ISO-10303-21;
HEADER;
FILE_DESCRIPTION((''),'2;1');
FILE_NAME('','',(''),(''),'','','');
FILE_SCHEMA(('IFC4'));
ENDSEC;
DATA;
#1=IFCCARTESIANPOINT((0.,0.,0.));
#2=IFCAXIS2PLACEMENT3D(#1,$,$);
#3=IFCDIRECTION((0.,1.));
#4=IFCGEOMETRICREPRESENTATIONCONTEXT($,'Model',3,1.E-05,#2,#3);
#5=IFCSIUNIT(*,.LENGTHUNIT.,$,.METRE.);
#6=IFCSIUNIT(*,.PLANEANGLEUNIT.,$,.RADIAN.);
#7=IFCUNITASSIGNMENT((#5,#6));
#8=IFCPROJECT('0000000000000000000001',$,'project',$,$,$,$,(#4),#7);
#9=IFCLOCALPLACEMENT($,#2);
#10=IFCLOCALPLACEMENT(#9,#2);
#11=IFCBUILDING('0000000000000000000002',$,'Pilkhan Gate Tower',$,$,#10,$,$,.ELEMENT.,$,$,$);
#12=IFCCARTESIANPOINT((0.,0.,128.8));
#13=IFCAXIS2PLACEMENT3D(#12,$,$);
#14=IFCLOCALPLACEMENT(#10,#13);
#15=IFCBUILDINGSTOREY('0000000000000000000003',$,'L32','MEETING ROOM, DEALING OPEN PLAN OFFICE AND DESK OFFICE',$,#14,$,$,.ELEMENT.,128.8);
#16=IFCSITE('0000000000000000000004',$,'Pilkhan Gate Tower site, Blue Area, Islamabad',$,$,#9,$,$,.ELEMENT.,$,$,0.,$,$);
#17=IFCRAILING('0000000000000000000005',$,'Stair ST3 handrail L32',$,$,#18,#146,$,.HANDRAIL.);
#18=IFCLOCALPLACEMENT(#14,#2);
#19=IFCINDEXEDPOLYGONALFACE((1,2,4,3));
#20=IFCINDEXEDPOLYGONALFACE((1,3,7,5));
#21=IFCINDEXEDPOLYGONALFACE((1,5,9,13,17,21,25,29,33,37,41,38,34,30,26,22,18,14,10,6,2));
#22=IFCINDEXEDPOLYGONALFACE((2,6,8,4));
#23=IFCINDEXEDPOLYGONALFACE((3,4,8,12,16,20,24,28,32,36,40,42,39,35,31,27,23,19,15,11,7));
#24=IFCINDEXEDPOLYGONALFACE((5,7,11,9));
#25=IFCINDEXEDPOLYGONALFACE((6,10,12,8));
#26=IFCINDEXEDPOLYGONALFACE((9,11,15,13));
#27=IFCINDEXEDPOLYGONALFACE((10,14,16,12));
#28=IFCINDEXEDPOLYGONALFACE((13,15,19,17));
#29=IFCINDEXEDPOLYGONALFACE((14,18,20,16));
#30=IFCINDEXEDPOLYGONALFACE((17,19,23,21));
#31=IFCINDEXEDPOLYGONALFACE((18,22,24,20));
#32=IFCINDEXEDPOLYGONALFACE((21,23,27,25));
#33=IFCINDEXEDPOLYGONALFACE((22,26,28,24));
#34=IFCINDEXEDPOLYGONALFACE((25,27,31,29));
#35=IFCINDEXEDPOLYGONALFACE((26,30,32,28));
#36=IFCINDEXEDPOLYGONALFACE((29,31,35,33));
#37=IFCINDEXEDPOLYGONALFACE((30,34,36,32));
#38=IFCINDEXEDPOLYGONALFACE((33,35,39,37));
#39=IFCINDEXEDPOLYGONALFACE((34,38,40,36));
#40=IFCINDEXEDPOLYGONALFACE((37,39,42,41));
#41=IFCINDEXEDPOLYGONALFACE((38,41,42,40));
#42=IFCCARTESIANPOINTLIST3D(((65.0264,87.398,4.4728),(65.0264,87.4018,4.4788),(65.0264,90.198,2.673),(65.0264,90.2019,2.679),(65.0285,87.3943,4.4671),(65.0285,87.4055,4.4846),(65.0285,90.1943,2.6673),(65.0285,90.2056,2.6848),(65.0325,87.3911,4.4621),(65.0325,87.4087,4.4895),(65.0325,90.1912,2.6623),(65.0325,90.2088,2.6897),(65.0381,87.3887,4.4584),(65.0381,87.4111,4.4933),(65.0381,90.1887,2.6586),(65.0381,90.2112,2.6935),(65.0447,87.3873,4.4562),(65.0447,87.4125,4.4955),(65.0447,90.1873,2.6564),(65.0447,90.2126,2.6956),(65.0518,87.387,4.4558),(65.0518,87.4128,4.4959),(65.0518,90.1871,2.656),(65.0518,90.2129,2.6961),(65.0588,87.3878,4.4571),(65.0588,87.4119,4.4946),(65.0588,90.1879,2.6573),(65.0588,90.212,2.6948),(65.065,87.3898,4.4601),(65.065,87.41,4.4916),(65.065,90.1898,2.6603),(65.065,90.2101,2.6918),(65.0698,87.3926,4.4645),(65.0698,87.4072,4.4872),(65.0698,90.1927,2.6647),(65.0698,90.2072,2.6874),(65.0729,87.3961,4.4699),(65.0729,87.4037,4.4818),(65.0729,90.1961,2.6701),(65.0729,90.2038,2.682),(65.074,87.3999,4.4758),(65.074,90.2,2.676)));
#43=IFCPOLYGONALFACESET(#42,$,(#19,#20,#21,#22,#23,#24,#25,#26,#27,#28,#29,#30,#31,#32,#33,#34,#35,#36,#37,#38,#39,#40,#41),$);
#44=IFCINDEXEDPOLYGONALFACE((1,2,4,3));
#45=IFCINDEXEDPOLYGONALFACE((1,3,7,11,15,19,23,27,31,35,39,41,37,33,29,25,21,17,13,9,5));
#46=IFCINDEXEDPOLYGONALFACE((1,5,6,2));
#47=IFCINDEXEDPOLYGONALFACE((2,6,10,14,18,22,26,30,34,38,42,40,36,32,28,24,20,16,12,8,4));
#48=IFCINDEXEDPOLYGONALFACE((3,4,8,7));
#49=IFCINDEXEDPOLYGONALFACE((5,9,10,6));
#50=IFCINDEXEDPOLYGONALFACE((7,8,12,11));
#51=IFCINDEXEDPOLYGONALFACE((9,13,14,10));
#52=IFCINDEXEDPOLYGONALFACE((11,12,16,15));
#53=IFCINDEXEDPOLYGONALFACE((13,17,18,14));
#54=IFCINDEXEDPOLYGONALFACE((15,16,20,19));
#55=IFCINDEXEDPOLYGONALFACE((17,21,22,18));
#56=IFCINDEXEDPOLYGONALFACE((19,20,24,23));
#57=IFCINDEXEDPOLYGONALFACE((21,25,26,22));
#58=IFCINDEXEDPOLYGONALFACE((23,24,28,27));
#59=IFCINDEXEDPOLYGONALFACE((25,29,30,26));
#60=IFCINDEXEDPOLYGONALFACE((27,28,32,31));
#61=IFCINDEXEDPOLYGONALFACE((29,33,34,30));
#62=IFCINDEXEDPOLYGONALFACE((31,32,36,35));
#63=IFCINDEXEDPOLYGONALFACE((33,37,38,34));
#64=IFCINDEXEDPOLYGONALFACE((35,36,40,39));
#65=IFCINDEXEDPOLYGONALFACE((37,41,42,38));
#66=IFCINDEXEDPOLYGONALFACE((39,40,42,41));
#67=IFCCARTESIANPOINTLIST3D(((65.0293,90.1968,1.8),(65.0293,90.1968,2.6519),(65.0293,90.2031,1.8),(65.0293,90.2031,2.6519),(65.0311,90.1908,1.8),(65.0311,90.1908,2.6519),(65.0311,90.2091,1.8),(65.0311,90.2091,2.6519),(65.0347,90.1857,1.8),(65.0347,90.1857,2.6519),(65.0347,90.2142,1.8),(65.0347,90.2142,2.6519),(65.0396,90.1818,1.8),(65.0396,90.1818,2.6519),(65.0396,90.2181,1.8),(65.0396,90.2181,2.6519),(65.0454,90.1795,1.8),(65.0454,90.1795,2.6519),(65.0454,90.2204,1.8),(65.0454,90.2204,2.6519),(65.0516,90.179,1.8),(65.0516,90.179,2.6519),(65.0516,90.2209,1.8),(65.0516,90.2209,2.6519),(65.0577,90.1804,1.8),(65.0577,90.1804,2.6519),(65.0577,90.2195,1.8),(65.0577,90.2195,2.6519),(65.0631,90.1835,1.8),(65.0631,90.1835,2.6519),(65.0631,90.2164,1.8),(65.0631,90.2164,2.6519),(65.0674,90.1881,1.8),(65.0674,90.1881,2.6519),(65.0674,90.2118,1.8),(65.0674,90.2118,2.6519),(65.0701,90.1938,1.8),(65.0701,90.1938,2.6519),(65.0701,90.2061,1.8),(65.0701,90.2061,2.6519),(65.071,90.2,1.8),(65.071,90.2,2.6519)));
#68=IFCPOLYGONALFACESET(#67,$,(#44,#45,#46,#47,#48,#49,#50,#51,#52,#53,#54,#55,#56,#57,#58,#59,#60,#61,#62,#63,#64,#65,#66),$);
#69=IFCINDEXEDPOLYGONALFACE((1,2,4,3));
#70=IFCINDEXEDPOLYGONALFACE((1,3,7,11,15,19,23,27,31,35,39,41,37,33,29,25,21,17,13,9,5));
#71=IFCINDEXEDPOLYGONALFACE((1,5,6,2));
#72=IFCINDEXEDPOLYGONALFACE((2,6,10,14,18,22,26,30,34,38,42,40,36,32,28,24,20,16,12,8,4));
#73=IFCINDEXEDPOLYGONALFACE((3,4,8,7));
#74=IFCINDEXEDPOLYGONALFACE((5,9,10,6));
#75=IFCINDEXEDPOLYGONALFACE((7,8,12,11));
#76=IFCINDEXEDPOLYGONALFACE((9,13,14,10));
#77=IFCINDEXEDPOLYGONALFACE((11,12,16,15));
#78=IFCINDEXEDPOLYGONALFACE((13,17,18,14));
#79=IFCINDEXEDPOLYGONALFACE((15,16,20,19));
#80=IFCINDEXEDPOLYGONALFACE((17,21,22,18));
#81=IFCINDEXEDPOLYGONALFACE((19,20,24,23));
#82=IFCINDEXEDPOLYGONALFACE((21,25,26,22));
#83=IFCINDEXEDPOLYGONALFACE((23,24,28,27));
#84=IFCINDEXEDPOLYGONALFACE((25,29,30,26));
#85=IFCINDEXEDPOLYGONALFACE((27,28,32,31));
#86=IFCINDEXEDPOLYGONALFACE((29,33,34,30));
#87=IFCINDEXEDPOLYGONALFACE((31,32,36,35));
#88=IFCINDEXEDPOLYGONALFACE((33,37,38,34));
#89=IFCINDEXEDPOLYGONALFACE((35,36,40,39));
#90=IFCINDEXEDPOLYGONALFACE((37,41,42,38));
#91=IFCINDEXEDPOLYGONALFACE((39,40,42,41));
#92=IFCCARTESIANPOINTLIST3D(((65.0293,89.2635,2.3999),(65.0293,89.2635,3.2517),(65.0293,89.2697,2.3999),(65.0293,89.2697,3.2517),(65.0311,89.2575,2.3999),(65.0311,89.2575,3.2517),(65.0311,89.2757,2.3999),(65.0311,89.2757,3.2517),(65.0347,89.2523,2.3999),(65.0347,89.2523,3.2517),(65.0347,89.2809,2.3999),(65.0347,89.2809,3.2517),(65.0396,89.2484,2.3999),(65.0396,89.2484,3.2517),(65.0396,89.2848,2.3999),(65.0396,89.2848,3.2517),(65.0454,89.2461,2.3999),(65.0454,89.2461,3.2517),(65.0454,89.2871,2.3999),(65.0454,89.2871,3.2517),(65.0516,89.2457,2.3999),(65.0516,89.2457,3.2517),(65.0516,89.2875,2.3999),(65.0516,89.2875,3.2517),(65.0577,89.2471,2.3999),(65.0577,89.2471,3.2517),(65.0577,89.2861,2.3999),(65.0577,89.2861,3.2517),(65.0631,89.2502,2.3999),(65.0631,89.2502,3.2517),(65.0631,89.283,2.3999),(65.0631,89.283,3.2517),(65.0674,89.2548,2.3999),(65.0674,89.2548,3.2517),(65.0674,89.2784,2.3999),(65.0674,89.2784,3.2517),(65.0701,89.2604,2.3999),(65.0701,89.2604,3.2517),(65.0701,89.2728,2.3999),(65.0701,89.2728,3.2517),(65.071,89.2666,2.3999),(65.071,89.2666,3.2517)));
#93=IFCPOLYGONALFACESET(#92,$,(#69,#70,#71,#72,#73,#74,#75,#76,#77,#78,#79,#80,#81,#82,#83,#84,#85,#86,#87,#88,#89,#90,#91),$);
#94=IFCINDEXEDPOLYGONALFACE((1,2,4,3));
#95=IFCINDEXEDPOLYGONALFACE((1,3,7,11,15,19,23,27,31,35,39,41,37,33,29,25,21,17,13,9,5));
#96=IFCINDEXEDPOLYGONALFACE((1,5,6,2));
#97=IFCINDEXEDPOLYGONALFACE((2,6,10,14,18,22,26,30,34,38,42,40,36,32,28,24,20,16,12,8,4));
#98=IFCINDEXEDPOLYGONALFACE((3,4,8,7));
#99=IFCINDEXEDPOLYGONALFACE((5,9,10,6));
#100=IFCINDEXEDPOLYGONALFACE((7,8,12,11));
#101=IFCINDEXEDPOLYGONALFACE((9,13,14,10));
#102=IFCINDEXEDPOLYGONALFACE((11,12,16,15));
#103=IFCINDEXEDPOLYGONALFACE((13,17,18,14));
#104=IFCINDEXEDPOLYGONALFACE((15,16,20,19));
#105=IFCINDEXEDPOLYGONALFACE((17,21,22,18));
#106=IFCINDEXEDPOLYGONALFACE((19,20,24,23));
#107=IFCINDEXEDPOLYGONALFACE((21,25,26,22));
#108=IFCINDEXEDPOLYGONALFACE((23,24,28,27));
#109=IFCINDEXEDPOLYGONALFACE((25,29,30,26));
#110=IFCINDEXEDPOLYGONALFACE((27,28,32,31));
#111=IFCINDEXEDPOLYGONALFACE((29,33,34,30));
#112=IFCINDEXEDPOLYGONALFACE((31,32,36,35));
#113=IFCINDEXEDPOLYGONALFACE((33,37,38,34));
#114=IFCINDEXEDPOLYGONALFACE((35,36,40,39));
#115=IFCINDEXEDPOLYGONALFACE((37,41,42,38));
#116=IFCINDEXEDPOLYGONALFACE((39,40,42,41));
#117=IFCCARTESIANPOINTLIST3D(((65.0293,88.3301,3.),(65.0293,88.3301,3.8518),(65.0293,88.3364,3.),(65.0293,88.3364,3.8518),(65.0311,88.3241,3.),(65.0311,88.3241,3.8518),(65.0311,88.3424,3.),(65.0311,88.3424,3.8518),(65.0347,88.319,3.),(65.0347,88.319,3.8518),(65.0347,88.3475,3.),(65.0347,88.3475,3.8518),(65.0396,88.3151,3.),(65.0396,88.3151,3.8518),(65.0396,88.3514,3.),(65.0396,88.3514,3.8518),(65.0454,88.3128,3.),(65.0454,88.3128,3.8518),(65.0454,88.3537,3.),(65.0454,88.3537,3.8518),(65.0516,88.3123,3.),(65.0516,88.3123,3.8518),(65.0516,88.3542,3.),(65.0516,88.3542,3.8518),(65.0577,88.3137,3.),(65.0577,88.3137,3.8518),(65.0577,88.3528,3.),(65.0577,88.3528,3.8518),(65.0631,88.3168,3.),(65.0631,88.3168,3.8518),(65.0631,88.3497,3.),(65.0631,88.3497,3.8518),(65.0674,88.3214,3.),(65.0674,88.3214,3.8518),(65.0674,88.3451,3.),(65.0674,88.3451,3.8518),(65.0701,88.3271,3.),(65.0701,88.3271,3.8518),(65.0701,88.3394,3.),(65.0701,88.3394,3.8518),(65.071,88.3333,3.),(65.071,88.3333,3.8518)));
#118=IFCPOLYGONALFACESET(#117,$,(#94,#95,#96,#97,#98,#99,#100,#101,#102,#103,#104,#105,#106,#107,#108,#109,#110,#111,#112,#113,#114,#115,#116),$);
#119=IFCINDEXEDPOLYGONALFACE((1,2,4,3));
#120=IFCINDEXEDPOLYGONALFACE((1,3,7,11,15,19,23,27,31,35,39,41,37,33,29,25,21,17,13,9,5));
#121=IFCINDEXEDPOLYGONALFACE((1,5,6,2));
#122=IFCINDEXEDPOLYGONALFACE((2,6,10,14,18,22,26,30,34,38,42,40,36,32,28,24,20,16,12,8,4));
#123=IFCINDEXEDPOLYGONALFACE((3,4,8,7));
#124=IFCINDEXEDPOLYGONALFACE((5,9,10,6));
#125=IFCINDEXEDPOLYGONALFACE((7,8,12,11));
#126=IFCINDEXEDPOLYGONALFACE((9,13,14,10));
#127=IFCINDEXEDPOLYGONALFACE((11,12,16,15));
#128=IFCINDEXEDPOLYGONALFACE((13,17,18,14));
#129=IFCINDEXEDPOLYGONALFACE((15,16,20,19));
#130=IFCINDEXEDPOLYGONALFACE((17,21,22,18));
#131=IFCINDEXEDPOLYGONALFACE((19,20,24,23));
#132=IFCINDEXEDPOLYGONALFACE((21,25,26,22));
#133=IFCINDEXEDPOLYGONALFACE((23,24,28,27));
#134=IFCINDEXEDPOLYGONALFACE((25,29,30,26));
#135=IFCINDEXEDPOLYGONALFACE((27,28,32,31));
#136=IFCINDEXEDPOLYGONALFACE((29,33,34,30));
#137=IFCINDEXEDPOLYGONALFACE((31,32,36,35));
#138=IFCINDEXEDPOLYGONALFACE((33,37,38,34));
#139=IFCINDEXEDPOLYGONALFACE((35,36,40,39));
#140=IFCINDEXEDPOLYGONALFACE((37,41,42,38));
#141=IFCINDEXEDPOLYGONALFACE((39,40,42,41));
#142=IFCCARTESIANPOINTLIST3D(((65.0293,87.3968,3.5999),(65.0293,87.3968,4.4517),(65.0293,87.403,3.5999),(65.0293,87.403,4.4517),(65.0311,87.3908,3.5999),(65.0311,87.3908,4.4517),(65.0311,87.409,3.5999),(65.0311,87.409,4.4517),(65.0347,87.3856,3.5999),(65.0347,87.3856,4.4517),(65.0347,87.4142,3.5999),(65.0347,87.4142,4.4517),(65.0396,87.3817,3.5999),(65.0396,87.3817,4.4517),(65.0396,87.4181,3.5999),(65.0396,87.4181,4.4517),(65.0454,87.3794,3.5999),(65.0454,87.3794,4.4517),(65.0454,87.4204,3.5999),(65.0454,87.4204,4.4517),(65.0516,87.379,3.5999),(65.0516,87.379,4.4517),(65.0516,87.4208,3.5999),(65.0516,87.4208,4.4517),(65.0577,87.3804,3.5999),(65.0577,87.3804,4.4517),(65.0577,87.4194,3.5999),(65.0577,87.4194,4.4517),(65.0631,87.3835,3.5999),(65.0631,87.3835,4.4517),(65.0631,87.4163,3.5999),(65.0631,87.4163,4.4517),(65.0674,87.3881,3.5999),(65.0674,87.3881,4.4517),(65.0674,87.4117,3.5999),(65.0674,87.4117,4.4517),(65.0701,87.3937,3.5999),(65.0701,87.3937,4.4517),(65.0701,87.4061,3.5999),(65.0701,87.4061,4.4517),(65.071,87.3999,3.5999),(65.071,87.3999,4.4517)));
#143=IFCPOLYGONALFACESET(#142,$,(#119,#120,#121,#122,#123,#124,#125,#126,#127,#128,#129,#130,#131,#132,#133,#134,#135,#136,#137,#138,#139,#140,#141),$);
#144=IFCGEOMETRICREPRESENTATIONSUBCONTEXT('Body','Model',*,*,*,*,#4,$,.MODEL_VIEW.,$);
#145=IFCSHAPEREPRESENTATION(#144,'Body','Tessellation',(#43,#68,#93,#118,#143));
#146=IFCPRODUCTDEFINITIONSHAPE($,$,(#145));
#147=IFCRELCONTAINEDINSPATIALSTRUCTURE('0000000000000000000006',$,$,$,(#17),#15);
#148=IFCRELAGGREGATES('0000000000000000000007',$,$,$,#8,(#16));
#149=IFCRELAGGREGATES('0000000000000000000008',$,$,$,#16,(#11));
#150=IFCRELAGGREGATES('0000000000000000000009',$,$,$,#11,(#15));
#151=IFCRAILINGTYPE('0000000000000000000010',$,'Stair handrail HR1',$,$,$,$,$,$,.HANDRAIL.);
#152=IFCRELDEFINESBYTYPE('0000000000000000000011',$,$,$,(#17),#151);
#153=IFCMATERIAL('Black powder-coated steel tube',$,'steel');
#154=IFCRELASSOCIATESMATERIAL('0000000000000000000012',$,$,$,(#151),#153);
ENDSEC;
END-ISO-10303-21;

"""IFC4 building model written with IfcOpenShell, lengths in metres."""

from ifc_helpers import new_model, si_unit, direction, frame, origin, origin_2d, place, context, subcontext, project, spatial, circle, extrude, material, type_object, element, save


model = new_model("IFC4")

# Units and contexts
model_context = context("Model", 3, precision=1e-05, world=origin(), true_north=direction((0.0, 1.0)))
body_context = subcontext(model_context, "Body", "Model", "MODEL_VIEW")
ifc_project = project(units=[si_unit("LENGTHUNIT", "METRE"), si_unit("PLANEANGLEUNIT", "RADIAN")], contexts=[model_context])

# Site, building, storey
site_placement = place(None, origin())
site = spatial("IfcSite", under=ifc_project, at=site_placement, Name="Pilkhan Gate Tower site, Blue Area, Islamabad", CompositionType="ELEMENT", RefElevation=0.0)
building_placement = place(site_placement, origin())
building = spatial("IfcBuilding", under=site, at=building_placement, Name="Pilkhan Gate Tower", CompositionType="ELEMENT")
storey_placement = place(building_placement, frame((0.0, 0.0, 128.8)))
storey = spatial("IfcBuildingStorey", under=building, at=storey_placement, Name="L32", Description="MEETING ROOM, DEALING OPEN PLAN OFFICE AND DESK OFFICE", CompositionType="ELEMENT", Elevation=128.8)

# Railing
ifc_material_1 = material(Name="Black powder-coated steel tube", Category="steel")
railing_type_1 = type_object("IfcRailingType", Name="Stair handrail HR1", PredefinedType="HANDRAIL", material=ifc_material_1)
railing_1_placement = place(storey_placement, frame((65.05, 90.2, 1.8)))
element("IfcRailing", 1, at=railing_1_placement, inside=storey, type_object=railing_type_1, Name="Stair ST3 handrail L32", PredefinedType="HANDRAIL", context=body_context, shape_type="SweptSolid", body=[
    extrude(circle(Radius=0.0239, at=origin_2d()), frame((0.0, 0.0, 0.876), z_axis=(0.0, -0.841209, 0.540709), x_axis=(1.0, 0.0, 0.0)), (0.0, 0.0, 1.0), 3.3286),
    extrude(circle(Radius=0.021, at=origin_2d()), origin(), (0.0, 0.0, 1.0), 0.8518),
    extrude(circle(Radius=0.021, at=origin_2d()), frame((0.0, -0.9333, 0.5999)), (0.0, 0.0, 1.0), 0.8518),
    extrude(circle(Radius=0.021, at=origin_2d()), frame((0.0, -1.8667, 1.2)), (0.0, 0.0, 1.0), 0.8518),
    extrude(circle(Radius=0.021, at=origin_2d()), frame((0.0, -2.8, 1.7998)), (0.0, 0.0, 1.0), 0.8518),
])

save(model, "model.ifc")
